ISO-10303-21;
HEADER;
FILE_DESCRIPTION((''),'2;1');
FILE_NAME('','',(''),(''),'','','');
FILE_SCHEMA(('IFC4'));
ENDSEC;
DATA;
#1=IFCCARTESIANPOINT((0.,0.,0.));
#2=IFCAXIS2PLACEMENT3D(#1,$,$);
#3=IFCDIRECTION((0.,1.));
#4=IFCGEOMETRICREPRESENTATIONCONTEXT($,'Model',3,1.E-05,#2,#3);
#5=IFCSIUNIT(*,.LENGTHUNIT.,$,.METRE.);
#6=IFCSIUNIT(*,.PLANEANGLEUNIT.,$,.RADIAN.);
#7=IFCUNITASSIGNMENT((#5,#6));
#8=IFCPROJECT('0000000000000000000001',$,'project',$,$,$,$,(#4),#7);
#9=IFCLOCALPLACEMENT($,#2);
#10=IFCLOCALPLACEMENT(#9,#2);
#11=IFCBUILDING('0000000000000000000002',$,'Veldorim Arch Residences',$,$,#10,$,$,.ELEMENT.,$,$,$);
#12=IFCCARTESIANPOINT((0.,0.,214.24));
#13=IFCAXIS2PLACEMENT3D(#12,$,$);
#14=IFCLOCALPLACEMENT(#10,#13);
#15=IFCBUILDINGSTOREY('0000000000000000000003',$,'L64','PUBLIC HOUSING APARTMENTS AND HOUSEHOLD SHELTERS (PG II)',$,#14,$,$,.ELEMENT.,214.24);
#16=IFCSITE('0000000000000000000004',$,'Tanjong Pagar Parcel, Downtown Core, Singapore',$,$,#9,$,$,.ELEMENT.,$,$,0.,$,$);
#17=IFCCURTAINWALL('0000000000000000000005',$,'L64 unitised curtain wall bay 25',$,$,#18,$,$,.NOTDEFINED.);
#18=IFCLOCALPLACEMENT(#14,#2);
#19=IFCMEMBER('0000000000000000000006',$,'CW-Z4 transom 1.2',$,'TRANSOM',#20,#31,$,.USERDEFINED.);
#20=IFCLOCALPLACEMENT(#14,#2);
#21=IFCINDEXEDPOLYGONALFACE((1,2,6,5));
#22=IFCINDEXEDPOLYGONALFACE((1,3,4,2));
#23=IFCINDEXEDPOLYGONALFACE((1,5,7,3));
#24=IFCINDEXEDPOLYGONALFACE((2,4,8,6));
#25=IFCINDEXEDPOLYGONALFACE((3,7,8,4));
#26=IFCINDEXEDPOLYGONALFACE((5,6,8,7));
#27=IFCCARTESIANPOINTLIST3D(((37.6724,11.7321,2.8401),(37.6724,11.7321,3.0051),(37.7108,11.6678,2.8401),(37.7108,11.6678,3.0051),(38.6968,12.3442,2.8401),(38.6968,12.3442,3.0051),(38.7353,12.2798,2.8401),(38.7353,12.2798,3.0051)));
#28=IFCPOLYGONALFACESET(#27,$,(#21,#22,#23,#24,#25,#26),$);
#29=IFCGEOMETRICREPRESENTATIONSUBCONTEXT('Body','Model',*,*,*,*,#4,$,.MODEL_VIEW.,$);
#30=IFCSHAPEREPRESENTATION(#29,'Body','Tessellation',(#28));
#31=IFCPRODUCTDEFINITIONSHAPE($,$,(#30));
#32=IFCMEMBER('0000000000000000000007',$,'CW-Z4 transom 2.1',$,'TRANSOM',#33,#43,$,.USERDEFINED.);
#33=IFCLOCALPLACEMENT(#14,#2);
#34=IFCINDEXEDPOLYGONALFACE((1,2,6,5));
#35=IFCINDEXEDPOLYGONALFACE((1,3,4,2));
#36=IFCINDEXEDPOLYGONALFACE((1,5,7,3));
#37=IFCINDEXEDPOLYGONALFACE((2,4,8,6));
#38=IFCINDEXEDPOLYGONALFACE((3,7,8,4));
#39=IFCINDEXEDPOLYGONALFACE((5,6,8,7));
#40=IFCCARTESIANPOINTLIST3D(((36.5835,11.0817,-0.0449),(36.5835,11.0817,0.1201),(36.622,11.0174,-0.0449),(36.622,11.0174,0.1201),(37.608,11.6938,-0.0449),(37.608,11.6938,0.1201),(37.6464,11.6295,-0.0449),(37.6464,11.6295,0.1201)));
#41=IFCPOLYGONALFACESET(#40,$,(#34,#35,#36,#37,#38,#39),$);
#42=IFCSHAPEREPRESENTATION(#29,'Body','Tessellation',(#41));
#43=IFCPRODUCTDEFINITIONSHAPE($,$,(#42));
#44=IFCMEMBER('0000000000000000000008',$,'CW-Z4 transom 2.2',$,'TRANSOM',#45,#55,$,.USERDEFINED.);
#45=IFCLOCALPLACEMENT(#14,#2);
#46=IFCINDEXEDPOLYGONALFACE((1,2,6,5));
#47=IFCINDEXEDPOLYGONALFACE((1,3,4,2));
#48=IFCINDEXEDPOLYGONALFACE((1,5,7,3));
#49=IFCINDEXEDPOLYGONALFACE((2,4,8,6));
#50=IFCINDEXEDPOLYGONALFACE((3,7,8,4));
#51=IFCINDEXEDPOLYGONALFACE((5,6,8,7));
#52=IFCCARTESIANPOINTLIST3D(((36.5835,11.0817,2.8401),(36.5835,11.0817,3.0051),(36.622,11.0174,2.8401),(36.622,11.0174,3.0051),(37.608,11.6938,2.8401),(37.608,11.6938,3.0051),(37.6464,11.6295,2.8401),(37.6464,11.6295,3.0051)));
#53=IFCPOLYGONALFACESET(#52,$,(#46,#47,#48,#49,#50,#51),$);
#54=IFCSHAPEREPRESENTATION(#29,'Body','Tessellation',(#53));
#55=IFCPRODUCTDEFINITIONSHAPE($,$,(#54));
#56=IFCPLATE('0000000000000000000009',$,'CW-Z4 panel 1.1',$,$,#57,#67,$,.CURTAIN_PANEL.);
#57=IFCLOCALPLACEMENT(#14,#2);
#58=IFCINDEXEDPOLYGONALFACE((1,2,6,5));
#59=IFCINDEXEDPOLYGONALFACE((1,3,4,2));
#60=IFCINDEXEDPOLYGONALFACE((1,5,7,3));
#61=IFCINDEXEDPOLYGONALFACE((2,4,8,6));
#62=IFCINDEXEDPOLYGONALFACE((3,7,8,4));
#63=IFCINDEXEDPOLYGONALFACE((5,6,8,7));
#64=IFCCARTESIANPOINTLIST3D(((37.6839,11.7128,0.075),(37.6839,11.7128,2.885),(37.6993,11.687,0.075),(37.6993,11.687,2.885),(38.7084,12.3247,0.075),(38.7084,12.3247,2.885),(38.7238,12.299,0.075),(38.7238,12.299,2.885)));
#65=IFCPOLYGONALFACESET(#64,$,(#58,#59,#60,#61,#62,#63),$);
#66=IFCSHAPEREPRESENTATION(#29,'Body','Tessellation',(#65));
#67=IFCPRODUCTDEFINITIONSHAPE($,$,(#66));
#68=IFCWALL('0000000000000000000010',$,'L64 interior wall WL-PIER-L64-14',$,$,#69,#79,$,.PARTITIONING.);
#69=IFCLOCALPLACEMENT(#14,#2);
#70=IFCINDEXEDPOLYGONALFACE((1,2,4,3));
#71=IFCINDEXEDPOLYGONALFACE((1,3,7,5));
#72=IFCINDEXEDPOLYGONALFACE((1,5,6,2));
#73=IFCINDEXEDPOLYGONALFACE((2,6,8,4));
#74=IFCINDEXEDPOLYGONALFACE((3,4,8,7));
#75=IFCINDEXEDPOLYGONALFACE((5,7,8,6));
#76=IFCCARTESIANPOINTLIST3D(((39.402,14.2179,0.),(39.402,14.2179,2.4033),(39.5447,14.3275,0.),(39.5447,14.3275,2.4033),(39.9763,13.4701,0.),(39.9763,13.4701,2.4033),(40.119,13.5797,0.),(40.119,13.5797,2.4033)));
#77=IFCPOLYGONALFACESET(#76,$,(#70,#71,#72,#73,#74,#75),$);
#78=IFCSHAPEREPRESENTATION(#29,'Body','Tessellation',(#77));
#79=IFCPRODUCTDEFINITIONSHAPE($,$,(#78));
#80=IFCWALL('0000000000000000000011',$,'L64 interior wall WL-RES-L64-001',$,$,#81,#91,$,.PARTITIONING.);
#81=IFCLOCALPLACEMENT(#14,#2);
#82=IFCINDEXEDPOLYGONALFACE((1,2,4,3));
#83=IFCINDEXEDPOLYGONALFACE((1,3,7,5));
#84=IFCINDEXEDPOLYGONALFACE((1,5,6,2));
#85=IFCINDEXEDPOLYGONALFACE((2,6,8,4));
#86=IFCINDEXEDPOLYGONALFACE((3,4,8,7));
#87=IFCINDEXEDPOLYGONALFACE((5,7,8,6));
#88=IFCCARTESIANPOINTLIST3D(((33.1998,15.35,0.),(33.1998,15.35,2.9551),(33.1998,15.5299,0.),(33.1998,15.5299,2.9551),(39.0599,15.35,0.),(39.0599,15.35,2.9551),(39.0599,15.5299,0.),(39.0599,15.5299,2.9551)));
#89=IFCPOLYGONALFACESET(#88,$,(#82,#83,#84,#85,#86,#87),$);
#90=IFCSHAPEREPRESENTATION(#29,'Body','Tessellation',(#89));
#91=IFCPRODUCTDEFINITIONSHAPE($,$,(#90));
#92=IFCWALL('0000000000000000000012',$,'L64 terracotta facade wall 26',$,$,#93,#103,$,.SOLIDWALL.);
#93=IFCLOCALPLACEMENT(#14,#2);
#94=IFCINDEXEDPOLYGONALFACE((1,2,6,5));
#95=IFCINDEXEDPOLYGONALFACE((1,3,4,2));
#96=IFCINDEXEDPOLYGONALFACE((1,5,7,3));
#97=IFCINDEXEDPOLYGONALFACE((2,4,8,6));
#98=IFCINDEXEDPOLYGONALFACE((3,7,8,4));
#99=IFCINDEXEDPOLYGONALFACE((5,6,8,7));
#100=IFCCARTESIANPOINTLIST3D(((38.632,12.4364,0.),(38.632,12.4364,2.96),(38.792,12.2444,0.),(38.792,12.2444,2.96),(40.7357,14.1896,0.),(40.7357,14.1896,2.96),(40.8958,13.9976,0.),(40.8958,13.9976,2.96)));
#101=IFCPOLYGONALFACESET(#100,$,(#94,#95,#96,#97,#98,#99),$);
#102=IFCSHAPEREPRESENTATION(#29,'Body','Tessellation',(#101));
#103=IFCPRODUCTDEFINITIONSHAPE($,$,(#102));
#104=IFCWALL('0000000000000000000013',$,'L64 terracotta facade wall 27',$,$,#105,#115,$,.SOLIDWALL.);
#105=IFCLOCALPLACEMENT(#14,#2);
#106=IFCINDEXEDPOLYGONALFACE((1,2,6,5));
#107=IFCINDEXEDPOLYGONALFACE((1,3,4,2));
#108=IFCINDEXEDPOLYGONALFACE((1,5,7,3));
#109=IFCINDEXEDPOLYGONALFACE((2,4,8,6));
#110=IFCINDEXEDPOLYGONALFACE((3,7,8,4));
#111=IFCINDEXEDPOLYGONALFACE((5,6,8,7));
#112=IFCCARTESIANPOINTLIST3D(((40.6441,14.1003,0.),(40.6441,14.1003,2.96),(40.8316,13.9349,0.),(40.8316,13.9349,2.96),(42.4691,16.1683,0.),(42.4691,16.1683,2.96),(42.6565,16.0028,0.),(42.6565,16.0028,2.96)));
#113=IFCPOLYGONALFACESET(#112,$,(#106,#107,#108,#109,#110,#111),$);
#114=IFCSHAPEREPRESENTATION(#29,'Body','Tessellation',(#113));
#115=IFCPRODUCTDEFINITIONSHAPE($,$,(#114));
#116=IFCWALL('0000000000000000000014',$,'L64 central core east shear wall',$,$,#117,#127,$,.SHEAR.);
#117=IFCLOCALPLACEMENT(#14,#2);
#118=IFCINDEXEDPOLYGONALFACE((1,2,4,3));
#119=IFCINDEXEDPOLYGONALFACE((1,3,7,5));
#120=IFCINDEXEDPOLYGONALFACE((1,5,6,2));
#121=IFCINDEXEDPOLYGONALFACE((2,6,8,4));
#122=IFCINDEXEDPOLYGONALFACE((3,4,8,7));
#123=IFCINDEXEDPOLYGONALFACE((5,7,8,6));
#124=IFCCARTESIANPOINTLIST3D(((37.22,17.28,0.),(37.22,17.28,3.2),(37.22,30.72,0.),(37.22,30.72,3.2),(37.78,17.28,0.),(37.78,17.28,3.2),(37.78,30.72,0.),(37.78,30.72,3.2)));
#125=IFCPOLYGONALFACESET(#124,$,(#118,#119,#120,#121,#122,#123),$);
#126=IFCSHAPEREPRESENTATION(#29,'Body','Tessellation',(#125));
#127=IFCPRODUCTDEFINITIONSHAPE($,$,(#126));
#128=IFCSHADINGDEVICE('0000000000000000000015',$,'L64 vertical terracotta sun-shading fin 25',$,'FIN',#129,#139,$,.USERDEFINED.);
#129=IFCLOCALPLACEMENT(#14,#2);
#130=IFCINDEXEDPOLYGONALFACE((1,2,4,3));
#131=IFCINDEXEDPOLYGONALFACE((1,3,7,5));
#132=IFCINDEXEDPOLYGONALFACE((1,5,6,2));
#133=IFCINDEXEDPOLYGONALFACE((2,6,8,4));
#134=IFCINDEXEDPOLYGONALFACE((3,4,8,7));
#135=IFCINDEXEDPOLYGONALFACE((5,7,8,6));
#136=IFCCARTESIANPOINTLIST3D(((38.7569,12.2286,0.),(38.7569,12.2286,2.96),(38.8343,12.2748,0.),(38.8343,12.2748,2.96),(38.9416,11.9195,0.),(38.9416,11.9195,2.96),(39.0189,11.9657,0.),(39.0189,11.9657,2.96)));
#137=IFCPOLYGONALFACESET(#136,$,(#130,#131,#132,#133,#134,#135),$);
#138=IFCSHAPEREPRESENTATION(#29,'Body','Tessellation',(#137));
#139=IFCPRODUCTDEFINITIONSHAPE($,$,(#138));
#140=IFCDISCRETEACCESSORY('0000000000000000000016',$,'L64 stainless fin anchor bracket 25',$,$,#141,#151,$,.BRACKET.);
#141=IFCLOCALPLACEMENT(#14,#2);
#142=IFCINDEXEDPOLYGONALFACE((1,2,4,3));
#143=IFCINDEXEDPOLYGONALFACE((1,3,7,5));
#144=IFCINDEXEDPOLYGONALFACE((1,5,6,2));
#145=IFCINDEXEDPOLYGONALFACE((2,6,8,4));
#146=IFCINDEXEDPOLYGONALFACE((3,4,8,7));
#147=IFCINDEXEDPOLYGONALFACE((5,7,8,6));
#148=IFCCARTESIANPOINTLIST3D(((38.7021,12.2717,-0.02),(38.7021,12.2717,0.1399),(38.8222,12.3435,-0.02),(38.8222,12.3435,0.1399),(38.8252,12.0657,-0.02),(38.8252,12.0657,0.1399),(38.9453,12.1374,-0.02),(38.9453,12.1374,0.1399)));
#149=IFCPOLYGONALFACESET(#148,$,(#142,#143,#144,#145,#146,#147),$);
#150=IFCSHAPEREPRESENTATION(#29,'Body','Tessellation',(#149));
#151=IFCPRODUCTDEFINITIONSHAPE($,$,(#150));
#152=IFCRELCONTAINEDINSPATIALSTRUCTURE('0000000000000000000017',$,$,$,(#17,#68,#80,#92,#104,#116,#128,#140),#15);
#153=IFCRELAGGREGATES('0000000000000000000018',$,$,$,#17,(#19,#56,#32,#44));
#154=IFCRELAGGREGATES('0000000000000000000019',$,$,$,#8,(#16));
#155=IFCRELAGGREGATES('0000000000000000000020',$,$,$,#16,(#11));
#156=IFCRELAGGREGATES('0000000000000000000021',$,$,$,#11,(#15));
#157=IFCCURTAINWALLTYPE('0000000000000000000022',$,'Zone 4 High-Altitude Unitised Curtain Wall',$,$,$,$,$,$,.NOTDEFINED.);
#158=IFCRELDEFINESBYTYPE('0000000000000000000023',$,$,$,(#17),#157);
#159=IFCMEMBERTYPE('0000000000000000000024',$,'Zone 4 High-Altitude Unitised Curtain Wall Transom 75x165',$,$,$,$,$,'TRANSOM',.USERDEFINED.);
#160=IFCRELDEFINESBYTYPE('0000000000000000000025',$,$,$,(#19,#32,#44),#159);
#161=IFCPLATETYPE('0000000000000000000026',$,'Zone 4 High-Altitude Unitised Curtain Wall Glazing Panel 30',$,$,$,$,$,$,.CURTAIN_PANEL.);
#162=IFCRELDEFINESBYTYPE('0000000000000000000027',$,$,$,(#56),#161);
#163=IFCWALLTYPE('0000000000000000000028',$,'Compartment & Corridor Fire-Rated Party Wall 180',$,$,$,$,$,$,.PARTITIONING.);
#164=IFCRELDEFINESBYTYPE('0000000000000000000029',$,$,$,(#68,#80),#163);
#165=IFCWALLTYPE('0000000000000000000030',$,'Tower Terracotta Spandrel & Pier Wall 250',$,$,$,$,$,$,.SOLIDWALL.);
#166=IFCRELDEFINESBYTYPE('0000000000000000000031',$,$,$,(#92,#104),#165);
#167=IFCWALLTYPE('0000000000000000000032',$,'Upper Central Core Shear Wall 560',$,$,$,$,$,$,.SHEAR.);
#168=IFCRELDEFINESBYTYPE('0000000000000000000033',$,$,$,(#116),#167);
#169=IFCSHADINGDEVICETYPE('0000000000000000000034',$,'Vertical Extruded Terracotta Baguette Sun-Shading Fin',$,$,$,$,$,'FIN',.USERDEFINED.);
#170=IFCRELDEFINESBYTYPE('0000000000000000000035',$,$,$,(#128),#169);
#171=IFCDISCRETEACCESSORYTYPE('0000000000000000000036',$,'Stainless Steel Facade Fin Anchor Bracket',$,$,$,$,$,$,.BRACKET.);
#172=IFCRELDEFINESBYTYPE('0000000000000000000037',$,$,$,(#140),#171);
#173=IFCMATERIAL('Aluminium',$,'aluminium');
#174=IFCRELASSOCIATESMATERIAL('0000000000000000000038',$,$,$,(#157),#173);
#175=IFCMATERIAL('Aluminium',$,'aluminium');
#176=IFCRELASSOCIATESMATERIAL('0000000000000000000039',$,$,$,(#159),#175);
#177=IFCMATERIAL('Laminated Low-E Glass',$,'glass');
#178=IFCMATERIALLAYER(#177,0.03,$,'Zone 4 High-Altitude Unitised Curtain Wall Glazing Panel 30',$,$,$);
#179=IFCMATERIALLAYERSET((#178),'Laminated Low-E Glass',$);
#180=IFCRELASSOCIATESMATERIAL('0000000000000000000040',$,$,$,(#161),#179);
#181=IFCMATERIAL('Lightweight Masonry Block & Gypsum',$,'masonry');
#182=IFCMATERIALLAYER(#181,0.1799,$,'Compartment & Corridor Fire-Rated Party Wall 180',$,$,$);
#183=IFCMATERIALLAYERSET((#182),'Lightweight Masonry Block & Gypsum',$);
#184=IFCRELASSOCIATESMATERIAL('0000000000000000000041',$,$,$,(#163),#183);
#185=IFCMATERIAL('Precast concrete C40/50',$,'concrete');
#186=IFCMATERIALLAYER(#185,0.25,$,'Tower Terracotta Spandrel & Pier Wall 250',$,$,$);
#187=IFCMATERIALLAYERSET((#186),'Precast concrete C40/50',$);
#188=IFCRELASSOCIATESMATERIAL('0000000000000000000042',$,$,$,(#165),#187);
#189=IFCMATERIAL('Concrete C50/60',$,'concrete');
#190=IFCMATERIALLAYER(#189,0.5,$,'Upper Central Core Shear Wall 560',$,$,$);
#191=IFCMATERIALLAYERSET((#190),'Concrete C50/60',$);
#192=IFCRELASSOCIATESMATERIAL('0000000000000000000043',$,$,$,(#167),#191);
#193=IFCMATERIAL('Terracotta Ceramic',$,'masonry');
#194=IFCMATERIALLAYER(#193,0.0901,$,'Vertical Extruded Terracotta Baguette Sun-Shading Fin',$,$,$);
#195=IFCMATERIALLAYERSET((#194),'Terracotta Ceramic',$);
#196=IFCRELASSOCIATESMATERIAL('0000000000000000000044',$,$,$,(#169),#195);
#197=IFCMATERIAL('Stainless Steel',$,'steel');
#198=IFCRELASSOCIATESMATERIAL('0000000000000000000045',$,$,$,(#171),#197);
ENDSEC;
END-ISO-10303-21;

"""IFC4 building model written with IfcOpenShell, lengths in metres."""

from ifc_helpers import new_model, si_unit, direction, frame, frame_2d, origin, origin_2d, place, context, subcontext, project, spatial, rectangle, extrude, material, layer, layer_set, material_profile, profile_set, type_object, element, aggregate, save


model = new_model("IFC4")

# Units and contexts
model_context = context("Model", 3, precision=1e-05, world=origin(), true_north=direction((0.0, 1.0)))
body_context = subcontext(model_context, "Body", "Model", "MODEL_VIEW")
ifc_project = project(units=[si_unit("LENGTHUNIT", "METRE"), si_unit("PLANEANGLEUNIT", "RADIAN")], contexts=[model_context])

# Site, building, storey
site_placement = place(None, origin())
site = spatial("IfcSite", under=ifc_project, at=site_placement, Name="Tanjong Pagar Parcel, Downtown Core, Singapore", CompositionType="ELEMENT", RefElevation=0.0)
building_placement = place(site_placement, origin())
building = spatial("IfcBuilding", under=site, at=building_placement, Name="Veldorim Arch Residences", CompositionType="ELEMENT")
storey_placement = place(building_placement, frame((0.0, 0.0, 214.24)))
storey = spatial("IfcBuildingStorey", under=building, at=storey_placement, Name="L64", Description="PUBLIC HOUSING APARTMENTS AND HOUSEHOLD SHELTERS (PG II)", CompositionType="ELEMENT", Elevation=214.24)

# Curtain wall, members, plate
ifc_material_1 = material(Name="Aluminium", Category="aluminium")
curtain_wall_type = type_object("IfcCurtainWallType", Name="Zone 4 High-Altitude Unitised Curtain Wall", PredefinedType="NOTDEFINED", material=ifc_material_1)
curtain_wall_placement = place(storey_placement, origin())
curtain_wall = element("IfcCurtainWall", 1, at=curtain_wall_placement, inside=storey, type_object=curtain_wall_type, Name="L64 unitised curtain wall bay 25", PredefinedType="NOTDEFINED")
ifc_material_2 = material(Name="Aluminium", Category="aluminium")
ifc_material_profile_1 = material_profile(ifc_material_2, rectangle(XDim=0.075, YDim=0.165, at=origin_2d()), Name="ALU_TRN_75x165")
ifc_profile_set_1 = profile_set([ifc_material_profile_1], Name="Aluminium")
member_type_1 = type_object("IfcMemberType", Name="Zone 4 High-Altitude Unitised Curtain Wall Transom 75x165", ElementType="TRANSOM", PredefinedType="USERDEFINED", material=ifc_profile_set_1)
member_1_placement = place(storey_placement, frame((38.7161, 12.312, 2.9226), z_axis=(-0.858448, -0.5129, 0.0), x_axis=(0.5129, -0.858448, 0.0)))
member_1 = element("IfcMember", 2, at=member_1_placement, type_object=member_type_1, Name="CW-Z4 transom 1.2", ObjectType="TRANSOM", PredefinedType="USERDEFINED", context=body_context, shape_type="SweptSolid", body=[
    extrude(rectangle(XDim=0.075, YDim=0.165, at=origin_2d()), origin(), (0.0, 0.0, 1.0), 1.1934),
])
member_2_placement = place(storey_placement, frame((37.6272, 11.6616, 0.0376), z_axis=(-0.858448, -0.5129, 0.0), x_axis=(0.5129, -0.858448, 0.0)))
member_2 = element("IfcMember", 3, at=member_2_placement, type_object=member_type_1, Name="CW-Z4 transom 2.1", ObjectType="TRANSOM", PredefinedType="USERDEFINED", context=body_context, shape_type="SweptSolid", body=[
    extrude(rectangle(XDim=0.075, YDim=0.165, at=origin_2d()), origin(), (0.0, 0.0, 1.0), 1.1934),
])
member_3_placement = place(storey_placement, frame((37.6272, 11.6616, 2.9226), z_axis=(-0.858448, -0.5129, 0.0), x_axis=(0.5129, -0.858448, 0.0)))
member_3 = element("IfcMember", 4, at=member_3_placement, type_object=member_type_1, Name="CW-Z4 transom 2.2", ObjectType="TRANSOM", PredefinedType="USERDEFINED", context=body_context, shape_type="SweptSolid", body=[
    extrude(rectangle(XDim=0.075, YDim=0.165, at=origin_2d()), origin(), (0.0, 0.0, 1.0), 1.1934),
])
ifc_material_3 = material(Name="Laminated Low-E Glass", Category="glass")
ifc_layer_1 = layer(ifc_material_3, 0.03, Name="Zone 4 High-Altitude Unitised Curtain Wall Glazing Panel 30")
ifc_layer_set_1 = layer_set([ifc_layer_1], Name="Laminated Low-E Glass")
plate_type = type_object("IfcPlateType", Name="Zone 4 High-Altitude Unitised Curtain Wall Glazing Panel 30", PredefinedType="CURTAIN_PANEL", material=ifc_layer_set_1)
plate_placement = place(storey_placement, frame((38.2039, 12.0059, 0.075), z_axis=(0.0, 0.0, 1.0), x_axis=(-0.858498, -0.512817, 0.0)))
plate = element("IfcPlate", 5, at=plate_placement, type_object=plate_type, Name="CW-Z4 panel 1.1", PredefinedType="CURTAIN_PANEL", context=body_context, shape_type="SweptSolid", body=[
    extrude(rectangle(XDim=1.1934, YDim=0.03, at=origin_2d()), origin(), (0.0, 0.0, 1.0), 2.8101),
])
aggregate(curtain_wall, [member_1, plate, member_2, member_3])

# Walls
ifc_material_4 = material(Name="Lightweight Masonry Block & Gypsum", Category="masonry")
ifc_layer_2 = layer(ifc_material_4, 0.1799, Name="Compartment & Corridor Fire-Rated Party Wall 180")
ifc_layer_set_2 = layer_set([ifc_layer_2], Name="Lightweight Masonry Block & Gypsum")
wall_type_1 = type_object("IfcWallType", Name="Compartment & Corridor Fire-Rated Party Wall 180", PredefinedType="PARTITIONING", material=ifc_layer_set_2)
wall_1_placement = place(storey_placement, frame((39.4734, 14.2727, 0.0), z_axis=(0.0, 0.0, 1.0), x_axis=(0.609035, -0.793144, 0.0)))
element("IfcWall", 6, at=wall_1_placement, inside=storey, type_object=wall_type_1, Name="L64 interior wall WL-PIER-L64-14", PredefinedType="PARTITIONING", context=body_context, shape_type="SweptSolid", body=[
    extrude(rectangle(XDim=0.9429, YDim=0.1799, at=frame_2d((0.4714, 0.0))), origin(), (0.0, 0.0, 1.0), 2.4033),
])
wall_2_placement = place(storey_placement, frame((39.0601, 15.4399, 0.0), z_axis=(0.0, 0.0, 1.0), x_axis=(-1.0, 0.0, 0.0)))
element("IfcWall", 7, at=wall_2_placement, inside=storey, type_object=wall_type_1, Name="L64 interior wall WL-RES-L64-001", PredefinedType="PARTITIONING", context=body_context, shape_type="SweptSolid", body=[
    extrude(rectangle(XDim=5.8601, YDim=0.1799, at=frame_2d((2.9302, 0.0))), origin(), (0.0, 0.0, 1.0), 2.9551),
])
ifc_material_5 = material(Name="Precast concrete C40/50", Category="concrete")
ifc_layer_3 = layer(ifc_material_5, 0.25, Name="Tower Terracotta Spandrel & Pier Wall 250")
ifc_layer_set_3 = layer_set([ifc_layer_3], Name="Precast concrete C40/50")
wall_type_2 = type_object("IfcWallType", Name="Tower Terracotta Spandrel & Pier Wall 250", PredefinedType="SOLIDWALL", material=ifc_layer_set_3)
wall_3_placement = place(storey_placement, frame((40.8157, 14.0935, 0.0), z_axis=(0.0, 0.0, 1.0), x_axis=(-0.768214, -0.640193, 0.0)))
element("IfcWall", 8, at=wall_3_placement, inside=storey, type_object=wall_type_2, Name="L64 terracotta facade wall 26", PredefinedType="SOLIDWALL", context=body_context, shape_type="SweptSolid", body=[
    extrude(rectangle(XDim=2.7385, YDim=0.25, at=frame_2d((1.3691, 0.0))), origin(), (0.0, 0.0, 1.0), 2.96),
])
wall_4_placement = place(storey_placement, frame((42.5627, 16.0854, 0.0), z_axis=(0.0, 0.0, 1.0), x_axis=(-0.661695, -0.749773, 0.0)))
element("IfcWall", 9, at=wall_4_placement, inside=storey, type_object=wall_type_2, Name="L64 terracotta facade wall 27", PredefinedType="SOLIDWALL", context=body_context, shape_type="SweptSolid", body=[
    extrude(rectangle(XDim=2.7581, YDim=0.25, at=frame_2d((1.3789, 0.0))), origin(), (0.0, 0.0, 1.0), 2.96),
])
ifc_material_6 = material(Name="Concrete C50/60", Category="concrete")
ifc_layer_4 = layer(ifc_material_6, 0.5, Name="Upper Central Core Shear Wall 560")
ifc_layer_set_4 = layer_set([ifc_layer_4], Name="Concrete C50/60")
wall_type_3 = type_object("IfcWallType", Name="Upper Central Core Shear Wall 560", PredefinedType="SHEAR", material=ifc_layer_set_4)
wall_5_placement = place(storey_placement, frame((37.5, 17.28, 0.0), z_axis=(0.0, 0.0, 1.0), x_axis=(0.0, 1.0, 0.0)))
element("IfcWall", 10, at=wall_5_placement, inside=storey, type_object=wall_type_3, Name="L64 central core east shear wall", PredefinedType="SHEAR", context=body_context, shape_type="SweptSolid", body=[
    extrude(rectangle(XDim=13.4399, YDim=0.5601, at=frame_2d((6.72, 0.0))), origin(), (0.0, 0.0, 1.0), 3.2),
])

# Shading device
ifc_material_7 = material(Name="Terracotta Ceramic", Category="masonry")
ifc_layer_5 = layer(ifc_material_7, 0.0901, Name="Vertical Extruded Terracotta Baguette Sun-Shading Fin")
ifc_layer_set_5 = layer_set([ifc_layer_5], Name="Terracotta Ceramic")
shading_device_type = type_object("IfcShadingDeviceType", Name="Vertical Extruded Terracotta Baguette Sun-Shading Fin", ElementType="FIN", PredefinedType="USERDEFINED", material=ifc_layer_set_5)
shading_device_placement = place(storey_placement, frame((38.8879, 12.0972, 0.0), z_axis=(0.0, 0.0, 1.0), x_axis=(-0.858513, -0.512792, 0.0)))
element("IfcShadingDevice", 11, at=shading_device_placement, inside=storey, type_object=shading_device_type, Name="L64 vertical terracotta sun-shading fin 25", ObjectType="FIN", PredefinedType="USERDEFINED", context=body_context, shape_type="SweptSolid", body=[
    extrude(rectangle(XDim=0.0901, YDim=0.3601, at=origin_2d()), origin(), (0.0, 0.0, 1.0), 2.96),
])

# Discrete accessory
ifc_material_8 = material(Name="Stainless Steel", Category="steel")
discrete_accessory_type = type_object("IfcDiscreteAccessoryType", Name="Stainless Steel Facade Fin Anchor Bracket", PredefinedType="BRACKET", material=ifc_material_8)
discrete_accessory_placement = place(storey_placement, frame((38.8237, 12.2046, -0.02), z_axis=(0.0, 0.0, 1.0), x_axis=(-0.858513, -0.512792, 0.0)))
element("IfcDiscreteAccessory", 12, at=discrete_accessory_placement, inside=storey, type_object=discrete_accessory_type, Name="L64 stainless fin anchor bracket 25", PredefinedType="BRACKET", context=body_context, shape_type="SweptSolid", body=[
    extrude(rectangle(XDim=0.1399, YDim=0.24, at=origin_2d()), origin(), (0.0, 0.0, 1.0), 0.1599),
])

save(model, "model.ifc")
